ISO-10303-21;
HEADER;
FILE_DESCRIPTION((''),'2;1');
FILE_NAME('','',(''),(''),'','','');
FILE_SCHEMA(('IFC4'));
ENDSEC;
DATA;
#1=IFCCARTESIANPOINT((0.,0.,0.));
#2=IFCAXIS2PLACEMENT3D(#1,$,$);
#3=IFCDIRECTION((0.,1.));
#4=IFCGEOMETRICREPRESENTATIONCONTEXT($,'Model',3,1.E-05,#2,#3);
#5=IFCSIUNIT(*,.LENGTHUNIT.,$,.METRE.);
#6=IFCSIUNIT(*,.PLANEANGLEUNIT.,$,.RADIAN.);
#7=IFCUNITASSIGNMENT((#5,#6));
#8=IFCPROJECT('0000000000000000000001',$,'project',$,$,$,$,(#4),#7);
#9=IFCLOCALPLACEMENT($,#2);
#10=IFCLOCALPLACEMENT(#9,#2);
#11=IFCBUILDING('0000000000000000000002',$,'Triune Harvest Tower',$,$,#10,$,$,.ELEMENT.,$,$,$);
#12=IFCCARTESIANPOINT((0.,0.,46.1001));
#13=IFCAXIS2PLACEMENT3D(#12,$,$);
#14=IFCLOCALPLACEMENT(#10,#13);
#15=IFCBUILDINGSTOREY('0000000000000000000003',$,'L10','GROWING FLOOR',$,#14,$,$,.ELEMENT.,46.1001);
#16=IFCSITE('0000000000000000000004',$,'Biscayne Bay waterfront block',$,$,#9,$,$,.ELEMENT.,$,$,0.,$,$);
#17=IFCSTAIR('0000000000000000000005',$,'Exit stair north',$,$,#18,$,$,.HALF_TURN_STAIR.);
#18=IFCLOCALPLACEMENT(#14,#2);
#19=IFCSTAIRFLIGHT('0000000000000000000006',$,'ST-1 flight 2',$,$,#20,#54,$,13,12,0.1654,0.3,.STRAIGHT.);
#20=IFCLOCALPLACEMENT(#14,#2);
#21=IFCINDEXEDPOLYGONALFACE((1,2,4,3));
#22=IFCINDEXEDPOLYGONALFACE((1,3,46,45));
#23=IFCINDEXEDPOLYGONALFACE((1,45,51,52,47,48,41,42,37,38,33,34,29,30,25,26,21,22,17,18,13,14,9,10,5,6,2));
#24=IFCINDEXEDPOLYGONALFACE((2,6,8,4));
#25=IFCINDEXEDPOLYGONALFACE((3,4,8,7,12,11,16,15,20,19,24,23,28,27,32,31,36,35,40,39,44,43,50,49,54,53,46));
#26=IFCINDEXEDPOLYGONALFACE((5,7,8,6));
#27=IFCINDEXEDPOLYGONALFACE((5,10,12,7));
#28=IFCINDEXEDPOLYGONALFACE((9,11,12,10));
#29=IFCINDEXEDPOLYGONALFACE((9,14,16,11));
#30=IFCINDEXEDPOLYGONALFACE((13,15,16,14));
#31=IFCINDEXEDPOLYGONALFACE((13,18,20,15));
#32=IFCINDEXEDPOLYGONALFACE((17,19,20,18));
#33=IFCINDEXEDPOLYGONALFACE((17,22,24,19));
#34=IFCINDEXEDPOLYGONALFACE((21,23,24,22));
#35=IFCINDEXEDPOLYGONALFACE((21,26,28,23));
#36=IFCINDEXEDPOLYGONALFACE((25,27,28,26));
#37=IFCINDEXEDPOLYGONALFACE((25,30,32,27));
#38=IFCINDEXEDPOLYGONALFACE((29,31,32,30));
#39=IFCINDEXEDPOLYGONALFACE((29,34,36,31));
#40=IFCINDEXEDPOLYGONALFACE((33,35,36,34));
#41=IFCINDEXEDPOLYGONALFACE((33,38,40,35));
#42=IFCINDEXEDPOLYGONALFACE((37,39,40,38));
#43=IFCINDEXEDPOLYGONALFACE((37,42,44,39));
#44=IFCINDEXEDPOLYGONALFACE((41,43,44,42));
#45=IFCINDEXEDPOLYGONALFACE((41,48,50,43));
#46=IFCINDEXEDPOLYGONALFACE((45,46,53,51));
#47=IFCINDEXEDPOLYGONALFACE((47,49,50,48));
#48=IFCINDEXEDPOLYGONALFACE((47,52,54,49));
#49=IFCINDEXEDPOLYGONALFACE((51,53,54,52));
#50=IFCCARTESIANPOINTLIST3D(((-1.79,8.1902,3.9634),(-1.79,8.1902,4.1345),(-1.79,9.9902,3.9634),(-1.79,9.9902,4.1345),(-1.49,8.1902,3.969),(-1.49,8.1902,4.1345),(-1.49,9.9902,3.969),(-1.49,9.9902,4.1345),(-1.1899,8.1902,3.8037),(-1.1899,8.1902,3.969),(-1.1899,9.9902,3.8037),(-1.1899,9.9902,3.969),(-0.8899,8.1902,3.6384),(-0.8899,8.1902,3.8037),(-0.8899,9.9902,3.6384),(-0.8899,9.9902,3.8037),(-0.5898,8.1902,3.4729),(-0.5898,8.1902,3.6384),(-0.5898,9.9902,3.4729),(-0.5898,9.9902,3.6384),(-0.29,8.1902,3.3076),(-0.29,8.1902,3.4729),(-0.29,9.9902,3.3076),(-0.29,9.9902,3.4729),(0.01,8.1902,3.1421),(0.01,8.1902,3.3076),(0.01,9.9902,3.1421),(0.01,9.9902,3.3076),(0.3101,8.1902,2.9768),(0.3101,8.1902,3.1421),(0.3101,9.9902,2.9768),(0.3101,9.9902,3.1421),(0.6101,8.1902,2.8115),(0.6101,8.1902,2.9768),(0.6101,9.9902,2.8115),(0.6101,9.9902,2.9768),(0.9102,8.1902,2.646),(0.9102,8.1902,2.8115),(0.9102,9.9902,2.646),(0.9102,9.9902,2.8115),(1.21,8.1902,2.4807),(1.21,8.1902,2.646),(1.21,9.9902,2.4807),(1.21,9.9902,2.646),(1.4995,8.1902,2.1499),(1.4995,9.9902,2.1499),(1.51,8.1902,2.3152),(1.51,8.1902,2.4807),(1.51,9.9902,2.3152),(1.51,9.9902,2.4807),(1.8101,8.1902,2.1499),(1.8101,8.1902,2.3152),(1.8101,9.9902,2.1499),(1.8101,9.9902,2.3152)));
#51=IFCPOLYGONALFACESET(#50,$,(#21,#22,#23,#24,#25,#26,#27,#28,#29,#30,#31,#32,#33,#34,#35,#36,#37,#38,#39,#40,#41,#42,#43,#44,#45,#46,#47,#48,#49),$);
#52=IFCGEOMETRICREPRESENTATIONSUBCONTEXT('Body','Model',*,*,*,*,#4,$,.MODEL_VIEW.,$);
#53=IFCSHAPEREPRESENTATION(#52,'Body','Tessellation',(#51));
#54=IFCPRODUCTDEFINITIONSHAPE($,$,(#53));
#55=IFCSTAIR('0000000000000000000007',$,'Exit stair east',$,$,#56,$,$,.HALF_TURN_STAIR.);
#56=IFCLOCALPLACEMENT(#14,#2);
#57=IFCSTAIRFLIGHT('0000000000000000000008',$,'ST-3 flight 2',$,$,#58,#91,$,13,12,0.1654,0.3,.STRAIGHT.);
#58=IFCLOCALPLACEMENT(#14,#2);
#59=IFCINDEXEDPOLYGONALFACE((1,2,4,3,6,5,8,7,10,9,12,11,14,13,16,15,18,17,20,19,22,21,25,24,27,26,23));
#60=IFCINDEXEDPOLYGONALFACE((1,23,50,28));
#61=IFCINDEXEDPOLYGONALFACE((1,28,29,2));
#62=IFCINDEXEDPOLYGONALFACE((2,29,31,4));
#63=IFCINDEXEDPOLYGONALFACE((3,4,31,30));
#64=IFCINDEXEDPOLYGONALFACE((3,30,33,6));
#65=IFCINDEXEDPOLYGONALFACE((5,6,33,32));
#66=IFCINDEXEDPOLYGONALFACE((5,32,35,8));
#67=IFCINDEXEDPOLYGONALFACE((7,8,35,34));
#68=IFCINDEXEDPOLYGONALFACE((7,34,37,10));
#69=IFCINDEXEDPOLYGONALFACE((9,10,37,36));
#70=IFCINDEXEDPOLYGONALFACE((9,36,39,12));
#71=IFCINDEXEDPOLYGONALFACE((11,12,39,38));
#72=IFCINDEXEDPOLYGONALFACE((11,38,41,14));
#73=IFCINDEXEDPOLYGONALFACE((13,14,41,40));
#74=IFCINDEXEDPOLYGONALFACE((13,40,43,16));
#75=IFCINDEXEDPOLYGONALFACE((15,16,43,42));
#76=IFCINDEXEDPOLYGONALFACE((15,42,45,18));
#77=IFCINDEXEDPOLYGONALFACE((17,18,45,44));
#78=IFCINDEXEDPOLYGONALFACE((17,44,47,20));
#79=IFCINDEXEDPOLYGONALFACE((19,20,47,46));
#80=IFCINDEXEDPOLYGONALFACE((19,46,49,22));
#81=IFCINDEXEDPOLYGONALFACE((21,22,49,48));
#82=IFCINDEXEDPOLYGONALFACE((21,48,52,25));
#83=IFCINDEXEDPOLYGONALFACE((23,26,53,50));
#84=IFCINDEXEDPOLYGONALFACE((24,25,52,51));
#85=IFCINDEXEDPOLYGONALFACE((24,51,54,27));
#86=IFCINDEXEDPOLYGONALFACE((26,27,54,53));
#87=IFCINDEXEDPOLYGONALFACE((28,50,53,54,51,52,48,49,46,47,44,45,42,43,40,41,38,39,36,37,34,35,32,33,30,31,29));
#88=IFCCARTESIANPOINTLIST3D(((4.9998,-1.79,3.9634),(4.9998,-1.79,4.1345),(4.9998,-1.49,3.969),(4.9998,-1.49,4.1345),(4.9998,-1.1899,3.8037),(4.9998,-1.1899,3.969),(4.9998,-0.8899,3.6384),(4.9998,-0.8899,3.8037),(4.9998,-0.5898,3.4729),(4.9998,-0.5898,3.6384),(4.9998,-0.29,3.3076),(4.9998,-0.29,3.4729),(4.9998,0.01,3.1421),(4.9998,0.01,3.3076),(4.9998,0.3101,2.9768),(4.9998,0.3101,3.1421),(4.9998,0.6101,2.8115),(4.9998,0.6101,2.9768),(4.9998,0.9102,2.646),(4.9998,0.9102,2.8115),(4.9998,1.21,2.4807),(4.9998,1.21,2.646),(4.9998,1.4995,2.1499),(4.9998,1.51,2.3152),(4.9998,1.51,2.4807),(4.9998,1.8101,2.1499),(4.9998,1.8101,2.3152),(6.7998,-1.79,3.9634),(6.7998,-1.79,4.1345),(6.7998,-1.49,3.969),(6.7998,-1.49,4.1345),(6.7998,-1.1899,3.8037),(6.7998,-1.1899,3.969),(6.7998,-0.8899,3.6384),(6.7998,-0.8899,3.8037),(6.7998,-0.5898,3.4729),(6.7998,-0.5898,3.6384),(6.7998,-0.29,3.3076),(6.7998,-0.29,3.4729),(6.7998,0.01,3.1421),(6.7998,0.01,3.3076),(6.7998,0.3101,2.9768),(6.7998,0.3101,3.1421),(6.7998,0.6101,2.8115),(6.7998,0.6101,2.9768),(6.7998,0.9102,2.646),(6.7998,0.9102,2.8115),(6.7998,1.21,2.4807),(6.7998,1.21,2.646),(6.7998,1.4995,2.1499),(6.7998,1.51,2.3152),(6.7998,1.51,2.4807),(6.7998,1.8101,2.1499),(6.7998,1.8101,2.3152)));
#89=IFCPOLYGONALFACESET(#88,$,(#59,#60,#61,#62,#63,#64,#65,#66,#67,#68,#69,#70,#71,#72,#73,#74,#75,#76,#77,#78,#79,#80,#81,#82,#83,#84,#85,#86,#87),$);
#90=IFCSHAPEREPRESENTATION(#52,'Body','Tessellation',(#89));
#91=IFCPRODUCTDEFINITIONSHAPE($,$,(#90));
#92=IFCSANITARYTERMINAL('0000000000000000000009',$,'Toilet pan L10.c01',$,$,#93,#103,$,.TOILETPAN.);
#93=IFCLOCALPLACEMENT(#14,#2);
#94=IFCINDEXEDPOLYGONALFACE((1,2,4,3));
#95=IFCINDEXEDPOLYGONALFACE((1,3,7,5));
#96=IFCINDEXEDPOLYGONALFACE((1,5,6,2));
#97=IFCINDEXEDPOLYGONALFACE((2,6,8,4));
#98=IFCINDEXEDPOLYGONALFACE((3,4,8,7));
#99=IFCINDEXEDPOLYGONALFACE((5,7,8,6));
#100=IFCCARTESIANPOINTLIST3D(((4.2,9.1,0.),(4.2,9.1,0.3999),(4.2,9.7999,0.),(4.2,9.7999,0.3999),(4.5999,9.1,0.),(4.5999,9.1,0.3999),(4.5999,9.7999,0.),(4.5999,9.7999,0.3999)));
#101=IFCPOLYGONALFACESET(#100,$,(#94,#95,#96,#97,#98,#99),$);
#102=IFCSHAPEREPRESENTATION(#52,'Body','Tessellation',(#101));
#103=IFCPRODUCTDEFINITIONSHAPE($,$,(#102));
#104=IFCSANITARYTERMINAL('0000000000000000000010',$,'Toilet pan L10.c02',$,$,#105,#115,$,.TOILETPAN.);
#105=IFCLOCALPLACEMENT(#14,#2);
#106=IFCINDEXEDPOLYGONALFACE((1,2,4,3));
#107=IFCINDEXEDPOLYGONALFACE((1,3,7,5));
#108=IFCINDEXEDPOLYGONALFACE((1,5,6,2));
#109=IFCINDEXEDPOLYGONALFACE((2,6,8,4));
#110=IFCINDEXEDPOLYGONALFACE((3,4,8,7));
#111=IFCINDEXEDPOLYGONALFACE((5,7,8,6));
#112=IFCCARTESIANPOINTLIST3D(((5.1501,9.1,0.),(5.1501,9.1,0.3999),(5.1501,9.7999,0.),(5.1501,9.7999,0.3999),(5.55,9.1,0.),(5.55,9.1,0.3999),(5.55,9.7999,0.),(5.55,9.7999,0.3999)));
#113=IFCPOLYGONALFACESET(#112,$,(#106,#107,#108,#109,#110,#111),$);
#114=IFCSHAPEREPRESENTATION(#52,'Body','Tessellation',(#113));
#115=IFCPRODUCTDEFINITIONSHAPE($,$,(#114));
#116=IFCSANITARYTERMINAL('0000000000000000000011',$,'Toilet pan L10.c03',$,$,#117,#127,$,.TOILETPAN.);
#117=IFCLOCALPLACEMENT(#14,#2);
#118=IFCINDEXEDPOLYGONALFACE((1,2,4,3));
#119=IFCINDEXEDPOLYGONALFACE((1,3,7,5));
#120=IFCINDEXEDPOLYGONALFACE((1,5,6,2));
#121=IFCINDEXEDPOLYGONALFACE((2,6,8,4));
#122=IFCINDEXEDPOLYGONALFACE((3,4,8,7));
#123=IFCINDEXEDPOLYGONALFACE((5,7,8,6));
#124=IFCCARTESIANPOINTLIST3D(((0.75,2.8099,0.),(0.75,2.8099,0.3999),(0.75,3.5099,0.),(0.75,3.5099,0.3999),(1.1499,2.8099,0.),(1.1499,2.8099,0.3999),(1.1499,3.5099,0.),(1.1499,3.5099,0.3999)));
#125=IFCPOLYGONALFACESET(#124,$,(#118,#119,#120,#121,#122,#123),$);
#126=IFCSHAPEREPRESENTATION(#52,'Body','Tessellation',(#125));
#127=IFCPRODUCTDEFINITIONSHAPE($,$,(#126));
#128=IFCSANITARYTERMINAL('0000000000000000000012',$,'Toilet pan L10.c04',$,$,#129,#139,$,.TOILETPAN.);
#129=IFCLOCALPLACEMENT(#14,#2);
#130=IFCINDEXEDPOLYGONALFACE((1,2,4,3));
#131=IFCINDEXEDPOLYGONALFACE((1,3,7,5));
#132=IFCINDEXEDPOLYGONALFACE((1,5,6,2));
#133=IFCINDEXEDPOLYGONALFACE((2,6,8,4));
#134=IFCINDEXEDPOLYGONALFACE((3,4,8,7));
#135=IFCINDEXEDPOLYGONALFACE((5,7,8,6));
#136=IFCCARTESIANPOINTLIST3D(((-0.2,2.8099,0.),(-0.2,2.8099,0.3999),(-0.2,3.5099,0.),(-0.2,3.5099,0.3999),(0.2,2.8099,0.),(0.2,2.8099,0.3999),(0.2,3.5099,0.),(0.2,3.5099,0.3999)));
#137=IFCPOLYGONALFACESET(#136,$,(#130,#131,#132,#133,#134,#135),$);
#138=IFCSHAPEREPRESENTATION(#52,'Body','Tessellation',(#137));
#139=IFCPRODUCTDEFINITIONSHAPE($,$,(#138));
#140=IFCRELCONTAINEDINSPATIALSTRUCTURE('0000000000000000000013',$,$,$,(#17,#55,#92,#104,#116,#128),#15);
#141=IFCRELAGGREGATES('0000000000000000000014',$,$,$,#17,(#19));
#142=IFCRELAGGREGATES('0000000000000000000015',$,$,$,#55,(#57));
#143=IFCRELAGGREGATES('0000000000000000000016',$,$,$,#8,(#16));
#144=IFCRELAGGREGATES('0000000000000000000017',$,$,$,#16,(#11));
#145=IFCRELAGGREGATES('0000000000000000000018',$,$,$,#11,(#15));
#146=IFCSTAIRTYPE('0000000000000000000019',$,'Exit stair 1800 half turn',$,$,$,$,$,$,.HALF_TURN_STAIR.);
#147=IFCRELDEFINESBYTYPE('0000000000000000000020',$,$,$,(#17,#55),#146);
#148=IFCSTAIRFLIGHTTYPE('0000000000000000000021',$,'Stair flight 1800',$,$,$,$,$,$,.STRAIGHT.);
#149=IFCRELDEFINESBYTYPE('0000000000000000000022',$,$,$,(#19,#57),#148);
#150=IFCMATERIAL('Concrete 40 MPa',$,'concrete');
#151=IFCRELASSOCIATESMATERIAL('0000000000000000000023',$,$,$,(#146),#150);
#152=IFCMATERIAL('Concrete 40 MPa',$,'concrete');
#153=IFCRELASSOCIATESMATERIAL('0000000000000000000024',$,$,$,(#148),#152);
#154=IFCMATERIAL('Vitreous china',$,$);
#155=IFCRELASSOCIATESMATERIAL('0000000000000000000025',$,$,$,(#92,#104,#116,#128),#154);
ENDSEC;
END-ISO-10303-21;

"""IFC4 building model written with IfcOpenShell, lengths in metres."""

from ifc_helpers import new_model, si_unit, direction, frame, origin, origin_2d, place, context, subcontext, project, spatial, polyline, rectangle, outline, extrude, source, transform, mapped, material, type_object, element, aggregate, save


model = new_model("IFC4")

# Units and contexts
model_context = context("Model", 3, precision=1e-05, world=origin(), true_north=direction((0.0, 1.0)))
body_context = subcontext(model_context, "Body", "Model", "MODEL_VIEW")
ifc_project = project(units=[si_unit("LENGTHUNIT", "METRE"), si_unit("PLANEANGLEUNIT", "RADIAN")], contexts=[model_context])

# Site, building, storey
site_placement = place(None, origin())
site = spatial("IfcSite", under=ifc_project, at=site_placement, Name="Biscayne Bay waterfront block", CompositionType="ELEMENT", RefElevation=0.0)
building_placement = place(site_placement, origin())
building = spatial("IfcBuilding", under=site, at=building_placement, Name="Triune Harvest Tower", CompositionType="ELEMENT")
storey_placement = place(building_placement, frame((0.0, 0.0, 46.1001)))
storey = spatial("IfcBuildingStorey", under=building, at=storey_placement, Name="L10", Description="GROWING FLOOR", CompositionType="ELEMENT", Elevation=46.1001)

# Stair, stair flight
ifc_material_1 = material(Name="Concrete 40 MPa", Category="concrete")
stair_type = type_object("IfcStairType", Name="Exit stair 1800 half turn", PredefinedType="HALF_TURN_STAIR", material=ifc_material_1)
stair_1_placement = place(storey_placement, origin())
stair_1 = element("IfcStair", 1, at=stair_1_placement, inside=storey, type_object=stair_type, Name="Exit stair north", PredefinedType="HALF_TURN_STAIR")
ifc_material_2 = material(Name="Concrete 40 MPa", Category="concrete")
stair_flight_type = type_object("IfcStairFlightType", Name="Stair flight 1800", PredefinedType="STRAIGHT", material=ifc_material_2)
shared_shape_1 = source(origin(), body_context, "Body", "SweptSolid", [
    extrude(outline(polyline([(0.0, 0.0), (0.0, 0.1653), (0.3, 0.1653), (0.3, 0.3308), (0.6001, 0.3308), (0.6001, 0.4961), (0.8999, 0.4961), (0.8999, 0.6616), (1.2, 0.6616), (1.2, 0.8269), (1.5, 0.8269), (1.5, 0.9922), (1.8, 0.9922), (1.8, 1.1577), (2.1001, 1.1577), (2.1001, 1.323), (2.3999, 1.323), (2.3999, 1.4885), (2.7, 1.4885), (2.7, 1.6538), (3.0, 1.6538), (3.0, 1.8191), (3.3, 1.8191), (3.3, 1.9846), (3.6001, 1.9846), (3.6001, 2.1499), (3.6001, 1.8135), (0.3105, 0.0), (0.0, 0.0)])), frame((0.0, 0.8999, 0.0), z_axis=(0.0, -1.0, 0.0), x_axis=(1.0, 0.0, 0.0)), (0.0, 0.0, 1.0), 1.8),
])
stair_flight_1_placement = place(storey_placement, frame((1.8101, 9.0901, 2.1499), z_axis=(0.0, 0.0, 1.0), x_axis=(-1.0, 0.0, 0.0)))
stair_flight_1 = element("IfcStairFlight", 2, at=stair_flight_1_placement, type_object=stair_flight_type, Name="ST-1 flight 2", NumberOfRisers=13, NumberOfTreads=12, PredefinedType="STRAIGHT", RiserHeight=0.1654, TreadLength=0.3, context=body_context, shape_type="MappedRepresentation", body=[
    mapped(shared_shape_1, transform((0.0, 0.0, 0.0), scale=1.0)),
])
aggregate(stair_1, [stair_flight_1])

# Stair, stair flight
stair_2_placement = place(storey_placement, origin())
stair_2 = element("IfcStair", 3, at=stair_2_placement, inside=storey, type_object=stair_type, Name="Exit stair east", PredefinedType="HALF_TURN_STAIR")
stair_flight_2_placement = place(storey_placement, frame((5.8999, 1.8101, 2.1499), z_axis=(0.0, 0.0, 1.0), x_axis=(0.0, -1.0, 0.0)))
stair_flight_2 = element("IfcStairFlight", 4, at=stair_flight_2_placement, type_object=stair_flight_type, Name="ST-3 flight 2", NumberOfRisers=13, NumberOfTreads=12, PredefinedType="STRAIGHT", RiserHeight=0.1654, TreadLength=0.3, context=body_context, shape_type="MappedRepresentation", body=[
    mapped(shared_shape_1, transform((0.0, 0.0, 0.0), scale=1.0)),
])
aggregate(stair_2, [stair_flight_2])

# Sanitary terminals
ifc_material_3 = material(Name="Vitreous china")
shared_shape_2 = source(origin(), body_context, "Body", "SweptSolid", [
    extrude(rectangle(XDim=0.3999, YDim=0.7, at=origin_2d()), origin(), (0.0, 0.0, 1.0), 0.3999),
])
for number, where, z_axis, x_axis, name in (
    (5, (4.3999, 9.45, 0.0), (0.0, 0.0, 1.0), (1.0, 0.0, 0.0), "Toilet pan L10.c01"),
    (6, (5.3501, 9.45, 0.0), (0.0, 0.0, 1.0), (1.0, 0.0, 0.0), "Toilet pan L10.c02"),
    (7, (0.95, 3.1599, 0.0), (0.0, 0.0, 1.0), (-1.0, 0.0, 0.0), "Toilet pan L10.c03"),
    (8, (0.0, 3.1599, 0.0), (0.0, 0.0, 1.0), (-1.0, 0.0, 0.0), "Toilet pan L10.c04"),
):
    element("IfcSanitaryTerminal", number, at=place(storey_placement, frame(where, z_axis=z_axis, x_axis=x_axis)), inside=storey, material=ifc_material_3, Name=name, PredefinedType="TOILETPAN", context=body_context, shape_type="MappedRepresentation", body=[
        mapped(shared_shape_2, transform((0.0, 0.0, 0.0), scale=1.0)),
    ])

save(model, "model.ifc")
